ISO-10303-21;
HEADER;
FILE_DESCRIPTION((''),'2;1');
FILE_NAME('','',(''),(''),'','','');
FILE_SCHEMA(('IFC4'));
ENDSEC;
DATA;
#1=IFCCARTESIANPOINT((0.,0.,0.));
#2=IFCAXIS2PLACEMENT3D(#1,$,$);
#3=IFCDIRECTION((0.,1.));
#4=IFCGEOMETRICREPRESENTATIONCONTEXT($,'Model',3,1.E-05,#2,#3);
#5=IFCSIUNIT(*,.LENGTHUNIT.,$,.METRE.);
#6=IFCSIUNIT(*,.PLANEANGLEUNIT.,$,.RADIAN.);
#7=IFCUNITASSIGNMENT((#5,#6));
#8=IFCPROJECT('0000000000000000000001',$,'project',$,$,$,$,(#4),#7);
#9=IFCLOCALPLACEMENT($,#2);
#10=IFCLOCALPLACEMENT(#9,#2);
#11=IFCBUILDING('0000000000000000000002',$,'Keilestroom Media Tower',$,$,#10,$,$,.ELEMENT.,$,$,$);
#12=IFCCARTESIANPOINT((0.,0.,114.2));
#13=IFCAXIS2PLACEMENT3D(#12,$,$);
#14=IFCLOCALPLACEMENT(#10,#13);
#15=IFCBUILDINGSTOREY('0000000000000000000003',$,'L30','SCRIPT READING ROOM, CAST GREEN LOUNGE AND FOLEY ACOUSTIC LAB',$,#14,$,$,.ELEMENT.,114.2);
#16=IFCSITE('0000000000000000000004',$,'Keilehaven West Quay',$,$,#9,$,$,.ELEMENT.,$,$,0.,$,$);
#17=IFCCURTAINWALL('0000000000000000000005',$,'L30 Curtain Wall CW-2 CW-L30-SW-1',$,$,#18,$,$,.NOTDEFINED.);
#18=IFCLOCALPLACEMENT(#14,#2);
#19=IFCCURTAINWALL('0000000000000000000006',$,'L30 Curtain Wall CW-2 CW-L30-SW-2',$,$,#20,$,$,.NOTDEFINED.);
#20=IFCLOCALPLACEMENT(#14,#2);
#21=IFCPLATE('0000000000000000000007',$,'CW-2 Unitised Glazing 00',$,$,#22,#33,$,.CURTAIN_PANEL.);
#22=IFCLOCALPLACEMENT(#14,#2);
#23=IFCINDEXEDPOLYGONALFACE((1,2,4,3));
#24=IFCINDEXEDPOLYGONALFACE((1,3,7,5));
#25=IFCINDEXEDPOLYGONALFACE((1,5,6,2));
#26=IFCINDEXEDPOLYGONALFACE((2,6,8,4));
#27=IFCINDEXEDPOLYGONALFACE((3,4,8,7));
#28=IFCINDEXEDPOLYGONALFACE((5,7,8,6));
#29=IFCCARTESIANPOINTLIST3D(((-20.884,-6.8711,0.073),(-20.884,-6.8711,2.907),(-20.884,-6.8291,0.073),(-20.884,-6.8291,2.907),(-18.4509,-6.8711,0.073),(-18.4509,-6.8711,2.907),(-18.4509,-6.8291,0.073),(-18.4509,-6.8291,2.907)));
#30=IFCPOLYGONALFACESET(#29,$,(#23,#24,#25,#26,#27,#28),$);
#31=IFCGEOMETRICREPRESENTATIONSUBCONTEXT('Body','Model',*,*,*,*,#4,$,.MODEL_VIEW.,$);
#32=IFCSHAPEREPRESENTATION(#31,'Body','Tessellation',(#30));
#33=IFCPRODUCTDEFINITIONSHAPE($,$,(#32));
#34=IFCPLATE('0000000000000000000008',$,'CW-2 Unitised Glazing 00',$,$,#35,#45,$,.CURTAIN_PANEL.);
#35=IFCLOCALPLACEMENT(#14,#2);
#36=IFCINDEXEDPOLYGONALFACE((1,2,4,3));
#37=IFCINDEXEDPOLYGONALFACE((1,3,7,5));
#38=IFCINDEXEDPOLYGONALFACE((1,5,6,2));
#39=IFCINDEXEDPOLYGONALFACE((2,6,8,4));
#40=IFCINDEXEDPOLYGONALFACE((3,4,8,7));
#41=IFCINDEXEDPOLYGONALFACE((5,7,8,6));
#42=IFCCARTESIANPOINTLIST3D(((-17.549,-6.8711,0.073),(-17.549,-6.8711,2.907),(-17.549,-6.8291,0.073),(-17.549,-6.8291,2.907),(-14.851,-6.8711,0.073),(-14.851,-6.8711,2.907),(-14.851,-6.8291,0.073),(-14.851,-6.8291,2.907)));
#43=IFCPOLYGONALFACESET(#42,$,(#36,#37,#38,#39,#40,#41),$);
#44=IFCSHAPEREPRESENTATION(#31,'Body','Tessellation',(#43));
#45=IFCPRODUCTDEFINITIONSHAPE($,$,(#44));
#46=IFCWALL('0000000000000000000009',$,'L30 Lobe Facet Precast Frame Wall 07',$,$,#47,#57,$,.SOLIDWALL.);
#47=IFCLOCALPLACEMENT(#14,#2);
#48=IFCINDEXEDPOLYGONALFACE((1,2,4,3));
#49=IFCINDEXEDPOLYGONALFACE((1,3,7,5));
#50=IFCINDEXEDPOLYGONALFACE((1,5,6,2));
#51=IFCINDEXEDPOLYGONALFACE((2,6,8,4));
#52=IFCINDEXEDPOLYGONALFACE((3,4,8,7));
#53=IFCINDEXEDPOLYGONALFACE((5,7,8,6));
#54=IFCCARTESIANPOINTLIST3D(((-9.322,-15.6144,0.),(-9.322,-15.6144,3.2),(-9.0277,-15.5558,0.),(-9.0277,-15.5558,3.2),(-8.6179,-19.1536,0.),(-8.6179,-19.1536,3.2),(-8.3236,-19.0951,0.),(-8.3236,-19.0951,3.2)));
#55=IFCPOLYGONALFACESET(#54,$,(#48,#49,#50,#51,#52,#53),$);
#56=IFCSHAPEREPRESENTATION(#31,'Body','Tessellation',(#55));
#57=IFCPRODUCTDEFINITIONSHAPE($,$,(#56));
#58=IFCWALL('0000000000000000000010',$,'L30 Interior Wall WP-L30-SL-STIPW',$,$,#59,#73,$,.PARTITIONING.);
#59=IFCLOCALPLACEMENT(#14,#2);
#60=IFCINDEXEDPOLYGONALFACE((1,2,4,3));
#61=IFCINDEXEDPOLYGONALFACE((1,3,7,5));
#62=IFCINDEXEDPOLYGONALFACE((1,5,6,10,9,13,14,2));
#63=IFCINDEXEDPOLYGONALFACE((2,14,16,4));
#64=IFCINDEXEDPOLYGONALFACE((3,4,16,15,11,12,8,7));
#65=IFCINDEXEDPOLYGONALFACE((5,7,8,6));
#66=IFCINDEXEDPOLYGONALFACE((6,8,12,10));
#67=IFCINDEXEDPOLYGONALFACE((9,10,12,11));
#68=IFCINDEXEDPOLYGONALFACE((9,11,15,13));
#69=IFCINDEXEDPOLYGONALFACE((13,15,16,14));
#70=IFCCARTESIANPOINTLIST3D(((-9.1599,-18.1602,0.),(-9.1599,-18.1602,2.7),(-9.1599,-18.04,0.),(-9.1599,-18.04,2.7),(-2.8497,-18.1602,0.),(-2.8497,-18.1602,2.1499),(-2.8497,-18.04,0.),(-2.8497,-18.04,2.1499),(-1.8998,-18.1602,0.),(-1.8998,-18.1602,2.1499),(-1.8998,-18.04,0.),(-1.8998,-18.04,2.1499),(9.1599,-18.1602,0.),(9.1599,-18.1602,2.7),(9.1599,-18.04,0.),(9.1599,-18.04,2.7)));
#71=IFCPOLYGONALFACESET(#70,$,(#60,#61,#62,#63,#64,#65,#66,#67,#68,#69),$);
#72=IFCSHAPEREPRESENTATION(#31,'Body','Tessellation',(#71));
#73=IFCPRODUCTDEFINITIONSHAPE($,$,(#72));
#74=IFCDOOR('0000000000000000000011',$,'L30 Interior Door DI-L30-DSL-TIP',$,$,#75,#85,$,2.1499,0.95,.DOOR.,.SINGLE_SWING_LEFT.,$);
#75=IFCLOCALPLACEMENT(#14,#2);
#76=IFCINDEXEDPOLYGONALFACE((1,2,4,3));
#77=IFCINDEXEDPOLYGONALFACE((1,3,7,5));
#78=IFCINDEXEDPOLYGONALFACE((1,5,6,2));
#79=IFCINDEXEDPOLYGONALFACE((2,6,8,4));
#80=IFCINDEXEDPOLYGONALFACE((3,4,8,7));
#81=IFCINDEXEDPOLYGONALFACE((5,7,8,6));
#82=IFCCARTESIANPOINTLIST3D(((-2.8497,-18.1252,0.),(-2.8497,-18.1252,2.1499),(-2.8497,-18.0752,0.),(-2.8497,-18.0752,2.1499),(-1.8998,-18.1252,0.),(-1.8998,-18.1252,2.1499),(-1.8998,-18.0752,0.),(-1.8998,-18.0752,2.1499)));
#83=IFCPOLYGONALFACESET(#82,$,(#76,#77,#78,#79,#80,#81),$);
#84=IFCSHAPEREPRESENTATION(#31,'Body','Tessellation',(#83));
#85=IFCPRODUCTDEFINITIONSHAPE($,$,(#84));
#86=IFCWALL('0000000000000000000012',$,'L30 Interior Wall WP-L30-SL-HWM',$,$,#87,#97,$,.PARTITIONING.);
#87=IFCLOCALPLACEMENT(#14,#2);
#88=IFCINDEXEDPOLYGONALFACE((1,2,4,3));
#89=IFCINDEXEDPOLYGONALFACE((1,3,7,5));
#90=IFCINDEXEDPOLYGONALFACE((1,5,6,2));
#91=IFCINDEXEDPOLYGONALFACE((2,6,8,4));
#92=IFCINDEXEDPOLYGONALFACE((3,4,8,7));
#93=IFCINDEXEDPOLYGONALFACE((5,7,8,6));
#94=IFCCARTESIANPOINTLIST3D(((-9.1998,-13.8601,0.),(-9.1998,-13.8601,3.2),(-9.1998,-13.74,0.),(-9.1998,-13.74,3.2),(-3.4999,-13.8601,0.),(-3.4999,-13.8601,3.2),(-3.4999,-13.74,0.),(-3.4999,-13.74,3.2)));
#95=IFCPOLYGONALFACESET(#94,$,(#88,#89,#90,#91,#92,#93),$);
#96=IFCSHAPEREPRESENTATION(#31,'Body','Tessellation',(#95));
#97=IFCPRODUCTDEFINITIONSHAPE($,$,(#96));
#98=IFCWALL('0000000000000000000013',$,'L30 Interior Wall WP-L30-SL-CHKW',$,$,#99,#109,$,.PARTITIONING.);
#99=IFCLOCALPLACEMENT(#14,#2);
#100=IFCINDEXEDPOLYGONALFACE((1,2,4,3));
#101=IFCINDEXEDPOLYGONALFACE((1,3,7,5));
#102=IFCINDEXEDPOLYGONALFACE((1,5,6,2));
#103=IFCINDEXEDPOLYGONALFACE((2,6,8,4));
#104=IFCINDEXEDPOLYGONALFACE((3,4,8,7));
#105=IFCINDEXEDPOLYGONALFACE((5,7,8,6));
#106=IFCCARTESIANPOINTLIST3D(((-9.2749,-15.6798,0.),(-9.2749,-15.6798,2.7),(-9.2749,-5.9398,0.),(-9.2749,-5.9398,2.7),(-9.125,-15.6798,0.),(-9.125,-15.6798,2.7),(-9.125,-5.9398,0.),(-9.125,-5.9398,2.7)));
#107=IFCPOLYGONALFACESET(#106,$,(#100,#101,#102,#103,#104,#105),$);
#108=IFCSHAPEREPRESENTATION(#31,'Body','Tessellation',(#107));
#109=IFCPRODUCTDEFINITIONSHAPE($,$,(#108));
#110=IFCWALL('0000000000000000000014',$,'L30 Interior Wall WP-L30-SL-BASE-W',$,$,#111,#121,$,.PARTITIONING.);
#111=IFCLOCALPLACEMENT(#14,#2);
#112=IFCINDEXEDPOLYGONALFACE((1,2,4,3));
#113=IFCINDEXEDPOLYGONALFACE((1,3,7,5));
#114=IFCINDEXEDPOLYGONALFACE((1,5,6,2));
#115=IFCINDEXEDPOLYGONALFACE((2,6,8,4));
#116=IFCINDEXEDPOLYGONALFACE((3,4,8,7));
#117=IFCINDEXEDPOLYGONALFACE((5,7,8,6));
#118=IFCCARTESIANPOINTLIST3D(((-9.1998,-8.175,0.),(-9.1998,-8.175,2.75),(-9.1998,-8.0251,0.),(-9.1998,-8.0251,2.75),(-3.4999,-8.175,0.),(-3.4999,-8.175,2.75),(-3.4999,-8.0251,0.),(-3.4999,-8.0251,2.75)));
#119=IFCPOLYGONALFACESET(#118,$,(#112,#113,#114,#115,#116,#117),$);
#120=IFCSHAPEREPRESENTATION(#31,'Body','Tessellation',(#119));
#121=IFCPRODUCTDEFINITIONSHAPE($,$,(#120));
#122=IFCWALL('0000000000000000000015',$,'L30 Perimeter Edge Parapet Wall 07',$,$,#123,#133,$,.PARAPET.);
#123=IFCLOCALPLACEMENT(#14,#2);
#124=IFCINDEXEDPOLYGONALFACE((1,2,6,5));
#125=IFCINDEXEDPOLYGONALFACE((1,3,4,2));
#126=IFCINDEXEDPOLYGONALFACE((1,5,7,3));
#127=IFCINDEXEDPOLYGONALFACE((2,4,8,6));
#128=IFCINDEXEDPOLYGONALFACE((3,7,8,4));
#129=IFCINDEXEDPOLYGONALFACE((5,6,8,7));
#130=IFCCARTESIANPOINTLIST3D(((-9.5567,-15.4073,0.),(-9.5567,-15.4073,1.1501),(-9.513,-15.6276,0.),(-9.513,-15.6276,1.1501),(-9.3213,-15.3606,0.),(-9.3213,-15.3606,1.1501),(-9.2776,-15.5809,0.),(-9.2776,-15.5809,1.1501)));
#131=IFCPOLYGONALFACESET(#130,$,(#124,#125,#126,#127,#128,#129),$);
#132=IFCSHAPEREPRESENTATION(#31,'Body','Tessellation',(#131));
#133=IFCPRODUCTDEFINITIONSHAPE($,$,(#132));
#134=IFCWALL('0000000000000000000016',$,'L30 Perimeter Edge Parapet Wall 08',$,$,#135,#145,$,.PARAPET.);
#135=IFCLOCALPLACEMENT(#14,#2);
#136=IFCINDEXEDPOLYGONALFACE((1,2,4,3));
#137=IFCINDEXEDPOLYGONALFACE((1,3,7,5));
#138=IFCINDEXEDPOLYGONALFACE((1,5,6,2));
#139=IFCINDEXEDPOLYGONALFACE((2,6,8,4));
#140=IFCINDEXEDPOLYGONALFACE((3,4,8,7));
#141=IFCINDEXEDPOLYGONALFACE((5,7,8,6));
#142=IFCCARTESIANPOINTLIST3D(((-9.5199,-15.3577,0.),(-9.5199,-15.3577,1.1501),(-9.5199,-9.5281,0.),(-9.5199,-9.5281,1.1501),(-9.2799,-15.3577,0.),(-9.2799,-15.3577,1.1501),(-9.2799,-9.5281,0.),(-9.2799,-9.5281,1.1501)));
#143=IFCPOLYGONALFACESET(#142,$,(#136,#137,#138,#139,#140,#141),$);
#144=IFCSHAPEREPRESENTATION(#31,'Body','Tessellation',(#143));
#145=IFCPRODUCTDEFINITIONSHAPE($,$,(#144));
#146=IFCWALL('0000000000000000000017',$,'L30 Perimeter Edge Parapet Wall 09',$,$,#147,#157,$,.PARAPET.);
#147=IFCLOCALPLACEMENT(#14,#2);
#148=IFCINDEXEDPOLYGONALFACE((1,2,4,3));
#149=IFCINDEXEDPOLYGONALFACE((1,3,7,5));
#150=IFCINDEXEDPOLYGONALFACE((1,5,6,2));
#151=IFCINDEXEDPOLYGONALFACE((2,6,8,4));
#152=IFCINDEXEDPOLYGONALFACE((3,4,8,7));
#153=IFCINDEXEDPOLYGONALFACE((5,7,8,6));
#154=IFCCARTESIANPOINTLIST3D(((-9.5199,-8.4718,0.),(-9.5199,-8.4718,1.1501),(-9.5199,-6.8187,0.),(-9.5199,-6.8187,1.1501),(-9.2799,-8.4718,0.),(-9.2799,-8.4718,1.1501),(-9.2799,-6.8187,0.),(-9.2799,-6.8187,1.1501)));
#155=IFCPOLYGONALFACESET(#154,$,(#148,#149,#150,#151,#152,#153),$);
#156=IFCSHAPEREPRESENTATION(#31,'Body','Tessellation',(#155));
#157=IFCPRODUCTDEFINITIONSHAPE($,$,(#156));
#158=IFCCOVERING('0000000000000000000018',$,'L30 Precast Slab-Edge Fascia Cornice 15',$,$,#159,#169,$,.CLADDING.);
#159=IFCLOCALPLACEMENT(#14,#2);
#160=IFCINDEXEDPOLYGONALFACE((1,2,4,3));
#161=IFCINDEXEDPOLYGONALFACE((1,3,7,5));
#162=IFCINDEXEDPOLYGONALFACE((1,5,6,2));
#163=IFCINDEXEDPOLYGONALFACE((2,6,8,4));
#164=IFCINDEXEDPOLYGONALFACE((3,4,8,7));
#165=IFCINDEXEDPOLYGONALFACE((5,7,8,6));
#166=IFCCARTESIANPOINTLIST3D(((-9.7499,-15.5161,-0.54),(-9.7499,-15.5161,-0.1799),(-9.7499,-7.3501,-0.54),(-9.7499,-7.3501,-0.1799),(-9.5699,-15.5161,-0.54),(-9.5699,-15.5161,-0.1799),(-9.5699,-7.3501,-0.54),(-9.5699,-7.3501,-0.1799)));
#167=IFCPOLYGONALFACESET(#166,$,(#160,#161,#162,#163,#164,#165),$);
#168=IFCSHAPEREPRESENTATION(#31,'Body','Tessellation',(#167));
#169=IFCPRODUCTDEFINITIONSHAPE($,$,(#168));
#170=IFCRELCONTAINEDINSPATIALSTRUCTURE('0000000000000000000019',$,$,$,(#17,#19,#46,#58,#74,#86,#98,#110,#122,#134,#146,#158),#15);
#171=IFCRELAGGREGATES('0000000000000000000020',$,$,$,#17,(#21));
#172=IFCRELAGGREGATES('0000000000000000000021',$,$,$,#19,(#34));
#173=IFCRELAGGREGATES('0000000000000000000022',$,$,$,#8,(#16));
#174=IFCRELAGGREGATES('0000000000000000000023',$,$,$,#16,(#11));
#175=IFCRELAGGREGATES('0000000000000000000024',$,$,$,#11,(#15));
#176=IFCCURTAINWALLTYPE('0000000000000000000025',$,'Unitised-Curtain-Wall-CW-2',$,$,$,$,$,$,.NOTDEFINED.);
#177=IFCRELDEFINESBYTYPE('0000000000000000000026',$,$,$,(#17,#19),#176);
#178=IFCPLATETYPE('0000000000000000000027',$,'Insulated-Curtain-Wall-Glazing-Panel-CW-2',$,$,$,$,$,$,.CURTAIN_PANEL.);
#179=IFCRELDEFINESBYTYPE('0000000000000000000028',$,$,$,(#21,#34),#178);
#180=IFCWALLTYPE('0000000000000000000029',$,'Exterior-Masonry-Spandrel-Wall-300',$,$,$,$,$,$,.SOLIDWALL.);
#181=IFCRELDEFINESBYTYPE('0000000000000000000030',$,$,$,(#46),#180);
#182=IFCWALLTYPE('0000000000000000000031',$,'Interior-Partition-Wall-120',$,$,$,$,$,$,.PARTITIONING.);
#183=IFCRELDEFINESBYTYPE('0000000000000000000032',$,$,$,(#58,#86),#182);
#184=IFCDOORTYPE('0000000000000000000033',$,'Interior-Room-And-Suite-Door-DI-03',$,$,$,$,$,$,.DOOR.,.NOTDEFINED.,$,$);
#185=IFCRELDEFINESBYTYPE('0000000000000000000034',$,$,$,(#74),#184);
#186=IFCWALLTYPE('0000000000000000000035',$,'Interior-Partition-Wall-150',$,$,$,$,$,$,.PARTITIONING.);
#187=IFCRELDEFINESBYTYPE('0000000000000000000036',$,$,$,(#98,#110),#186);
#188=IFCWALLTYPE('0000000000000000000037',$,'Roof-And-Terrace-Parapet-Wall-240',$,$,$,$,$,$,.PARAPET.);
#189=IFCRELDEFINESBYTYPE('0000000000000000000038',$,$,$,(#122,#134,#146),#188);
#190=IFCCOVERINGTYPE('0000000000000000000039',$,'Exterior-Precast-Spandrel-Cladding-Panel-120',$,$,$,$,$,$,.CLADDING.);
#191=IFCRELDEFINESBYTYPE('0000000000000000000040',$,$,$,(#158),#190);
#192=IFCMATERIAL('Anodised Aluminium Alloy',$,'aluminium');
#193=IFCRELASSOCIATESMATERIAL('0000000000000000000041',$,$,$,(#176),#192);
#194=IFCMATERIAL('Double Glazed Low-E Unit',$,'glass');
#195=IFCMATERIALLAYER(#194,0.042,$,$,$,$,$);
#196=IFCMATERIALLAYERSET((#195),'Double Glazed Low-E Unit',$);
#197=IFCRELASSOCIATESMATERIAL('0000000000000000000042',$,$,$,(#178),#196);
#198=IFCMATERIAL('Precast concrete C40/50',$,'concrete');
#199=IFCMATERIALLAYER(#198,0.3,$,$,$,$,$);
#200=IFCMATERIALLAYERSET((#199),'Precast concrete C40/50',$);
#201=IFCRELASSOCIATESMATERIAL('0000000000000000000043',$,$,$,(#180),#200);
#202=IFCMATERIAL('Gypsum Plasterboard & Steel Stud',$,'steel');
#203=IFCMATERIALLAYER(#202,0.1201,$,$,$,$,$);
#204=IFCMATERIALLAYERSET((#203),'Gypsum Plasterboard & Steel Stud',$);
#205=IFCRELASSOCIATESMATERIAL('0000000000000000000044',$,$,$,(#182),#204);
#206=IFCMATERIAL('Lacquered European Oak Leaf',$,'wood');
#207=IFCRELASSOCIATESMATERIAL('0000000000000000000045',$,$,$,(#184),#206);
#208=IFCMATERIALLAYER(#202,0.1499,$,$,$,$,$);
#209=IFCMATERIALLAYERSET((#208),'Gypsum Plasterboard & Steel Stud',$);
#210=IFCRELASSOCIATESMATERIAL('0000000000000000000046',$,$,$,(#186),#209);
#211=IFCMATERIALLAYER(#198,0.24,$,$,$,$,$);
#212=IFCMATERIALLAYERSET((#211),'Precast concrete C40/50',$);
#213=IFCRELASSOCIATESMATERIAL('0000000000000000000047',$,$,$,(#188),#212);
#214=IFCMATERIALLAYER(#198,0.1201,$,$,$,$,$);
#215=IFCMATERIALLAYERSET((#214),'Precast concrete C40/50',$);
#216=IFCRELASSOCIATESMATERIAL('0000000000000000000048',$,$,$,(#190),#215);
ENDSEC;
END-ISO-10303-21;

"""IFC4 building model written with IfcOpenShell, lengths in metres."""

from ifc_helpers import new_model, si_unit, direction, frame, frame_2d, origin, origin_2d, place, context, subcontext, project, spatial, rectangle, extrude, source, transform, mapped, material, layer, layer_set, type_object, element, fill, aggregate, save


model = new_model("IFC4")

# Units and contexts
model_context = context("Model", 3, precision=1e-05, world=origin(), true_north=direction((0.0, 1.0)))
body_context = subcontext(model_context, "Body", "Model", "MODEL_VIEW")
ifc_project = project(units=[si_unit("LENGTHUNIT", "METRE"), si_unit("PLANEANGLEUNIT", "RADIAN")], contexts=[model_context])

# Site, building, storey
site_placement = place(None, origin())
site = spatial("IfcSite", under=ifc_project, at=site_placement, Name="Keilehaven West Quay", CompositionType="ELEMENT", RefElevation=0.0)
building_placement = place(site_placement, origin())
building = spatial("IfcBuilding", under=site, at=building_placement, Name="Keilestroom Media Tower", CompositionType="ELEMENT")
storey_placement = place(building_placement, frame((0.0, 0.0, 114.2)))
storey = spatial("IfcBuildingStorey", under=building, at=storey_placement, Name="L30", Description="SCRIPT READING ROOM, CAST GREEN LOUNGE AND FOLEY ACOUSTIC LAB", CompositionType="ELEMENT", Elevation=114.2)

# Shared definitions
ifc_material_1 = material(Name="Precast concrete C40/50", Category="concrete")

# Curtain walls
ifc_material_2 = material(Name="Anodised Aluminium Alloy", Category="aluminium")
curtain_wall_type = type_object("IfcCurtainWallType", Name="Unitised-Curtain-Wall-CW-2", PredefinedType="NOTDEFINED", material=ifc_material_2)
curtain_wall_1_placement = place(storey_placement, origin())
curtain_wall_1 = element("IfcCurtainWall", 1, at=curtain_wall_1_placement, inside=storey, type_object=curtain_wall_type, Name="L30 Curtain Wall CW-2 CW-L30-SW-1", PredefinedType="NOTDEFINED")
curtain_wall_2_placement = place(storey_placement, origin())
curtain_wall_2 = element("IfcCurtainWall", 2, at=curtain_wall_2_placement, inside=storey, type_object=curtain_wall_type, Name="L30 Curtain Wall CW-2 CW-L30-SW-2", PredefinedType="NOTDEFINED")

# Plates
ifc_material_3 = material(Name="Double Glazed Low-E Unit", Category="glass")
ifc_layer_1 = layer(ifc_material_3, 0.042)
ifc_layer_set_1 = layer_set([ifc_layer_1], Name="Double Glazed Low-E Unit")
plate_type = type_object("IfcPlateType", Name="Insulated-Curtain-Wall-Glazing-Panel-CW-2", PredefinedType="CURTAIN_PANEL", material=ifc_layer_set_1)
shared_shape_1 = source(origin(), body_context, "Body", "SweptSolid", [
    extrude(rectangle(XDim=2.4331, YDim=0.042, at=origin_2d()), origin(), (0.0, 0.0, 1.0), 2.834),
])
plate_1_placement = place(storey_placement, frame((-19.6675, -6.8501, 0.073), z_axis=(0.0, 0.0, 1.0), x_axis=(1.0, 0.0, 0.0)))
plate_1 = element("IfcPlate", 3, at=plate_1_placement, type_object=plate_type, Name="CW-2 Unitised Glazing 00", PredefinedType="CURTAIN_PANEL", context=body_context, shape_type="MappedRepresentation", body=[
    mapped(shared_shape_1, transform((0.0, 0.0, 0.0), x_axis=(1.0, 0.0, 0.0), y_axis=(0.0, 1.0, 0.0), z_axis=(0.0, 0.0, 1.0), scale=1.0)),
])
aggregate(curtain_wall_1, [plate_1])
shared_shape_2 = source(origin(), body_context, "Body", "SweptSolid", [
    extrude(rectangle(XDim=2.698, YDim=0.042, at=origin_2d()), origin(), (0.0, 0.0, 1.0), 2.834),
])
plate_2_placement = place(storey_placement, frame((-16.2, -6.8501, 0.073), z_axis=(0.0, 0.0, 1.0), x_axis=(1.0, 0.0, 0.0)))
plate_2 = element("IfcPlate", 4, at=plate_2_placement, type_object=plate_type, Name="CW-2 Unitised Glazing 00", PredefinedType="CURTAIN_PANEL", context=body_context, shape_type="MappedRepresentation", body=[
    mapped(shared_shape_2, transform((0.0, 0.0, 0.0), x_axis=(1.0, 0.0, 0.0), y_axis=(0.0, 1.0, 0.0), z_axis=(0.0, 0.0, 1.0), scale=1.0)),
])
aggregate(curtain_wall_2, [plate_2])

# Wall
ifc_layer_2 = layer(ifc_material_1, 0.3)
ifc_layer_set_2 = layer_set([ifc_layer_2], Name="Precast concrete C40/50")
wall_type_1 = type_object("IfcWallType", Name="Exterior-Masonry-Spandrel-Wall-300", PredefinedType="SOLIDWALL", material=ifc_layer_set_2)
wall_1_placement = place(storey_placement, frame((-9.1748, -15.5852, 0.0), z_axis=(0.0, 0.0, 1.0), x_axis=(0.195114, -0.980781, 0.0)))
element("IfcWall", 5, at=wall_1_placement, inside=storey, type_object=wall_type_1, Name="L30 Lobe Facet Precast Frame Wall 07", PredefinedType="SOLIDWALL", context=body_context, shape_type="SweptSolid", body=[
    extrude(rectangle(XDim=3.6086, YDim=0.3, at=frame_2d((1.8042, 0.0))), origin(), (0.0, 0.0, 1.0), 3.2),
])

# Wall, opening, door
ifc_material_4 = material(Name="Gypsum Plasterboard & Steel Stud", Category="steel")
ifc_layer_3 = layer(ifc_material_4, 0.1201)
ifc_layer_set_3 = layer_set([ifc_layer_3], Name="Gypsum Plasterboard & Steel Stud")
wall_type_2 = type_object("IfcWallType", Name="Interior-Partition-Wall-120", PredefinedType="PARTITIONING", material=ifc_layer_set_3)
wall_2_placement = place(storey_placement, frame((-9.1599, -18.1001, 0.0), z_axis=(0.0, 0.0, 1.0), x_axis=(1.0, 0.0, 0.0)))
wall_2 = element("IfcWall", 6, at=wall_2_placement, inside=storey, type_object=wall_type_2, Name="L30 Interior Wall WP-L30-SL-STIPW", PredefinedType="PARTITIONING", context=body_context, shape_type="SweptSolid", body=[
    extrude(rectangle(XDim=18.3198, YDim=0.1201, at=frame_2d((9.1599, 0.0))), origin(), (0.0, 0.0, 1.0), 2.7),
])
opening_placement = place(wall_2_placement, frame((6.3101, 0.0, 0.0)))
opening = element("IfcOpeningElement", 7, at=opening_placement, cuts=wall_2, PredefinedType="OPENING", context=body_context, shape_type="SweptSolid", body=[
    extrude(rectangle(XDim=0.95, YDim=2.1499, at=frame_2d((0.4751, 1.075))), frame((0.0, 0.0701, 0.0), z_axis=(0.0, -1.0, 0.0), x_axis=(1.0, 0.0, 0.0)), (0.0, 0.0, 1.0), 0.1401),
])
ifc_material_5 = material(Name="Lacquered European Oak Leaf", Category="wood")
door_type = type_object("IfcDoorType", Name="Interior-Room-And-Suite-Door-DI-03", OperationType="NOTDEFINED", PredefinedType="DOOR", material=ifc_material_5)
shared_shape_3 = source(origin(), body_context, "Body", "SweptSolid", [
    extrude(rectangle(XDim=0.95, YDim=2.1499, at=frame_2d((0.4751, 1.075))), frame((0.0, 0.0249, 0.0), z_axis=(0.0, -1.0, 0.0), x_axis=(1.0, 0.0, 0.0)), (0.0, 0.0, 1.0), 0.05),
])
door_placement = place(opening_placement, origin())
door = element("IfcDoor", 8, at=door_placement, inside=storey, type_object=door_type, Name="L30 Interior Door DI-L30-DSL-TIP", OperationType="SINGLE_SWING_LEFT", OverallHeight=2.1499, OverallWidth=0.95, PredefinedType="DOOR", context=body_context, shape_type="MappedRepresentation", body=[
    mapped(shared_shape_3, transform((0.0, 0.0, 0.0), x_axis=(1.0, 0.0, 0.0), y_axis=(0.0, 1.0, 0.0), z_axis=(0.0, 0.0, 1.0), scale=1.0)),
])
fill(opening, door)

# Walls
wall_3_placement = place(storey_placement, frame((-9.2, -13.8, 0.0), z_axis=(0.0, 0.0, 1.0), x_axis=(1.0, 0.0, 0.0)))
element("IfcWall", 9, at=wall_3_placement, inside=storey, type_object=wall_type_2, Name="L30 Interior Wall WP-L30-SL-HWM", PredefinedType="PARTITIONING", context=body_context, shape_type="SweptSolid", body=[
    extrude(rectangle(XDim=5.7, YDim=0.1201, at=frame_2d((2.8501, 0.0))), origin(), (0.0, 0.0, 1.0), 3.2),
])
ifc_layer_4 = layer(ifc_material_4, 0.1499)
ifc_layer_set_4 = layer_set([ifc_layer_4], Name="Gypsum Plasterboard & Steel Stud")
wall_type_3 = type_object("IfcWallType", Name="Interior-Partition-Wall-150", PredefinedType="PARTITIONING", material=ifc_layer_set_4)
wall_4_placement = place(storey_placement, frame((-9.2, -15.6799, 0.0), z_axis=(0.0, 0.0, 1.0), x_axis=(0.0, 1.0, 0.0)))
element("IfcWall", 10, at=wall_4_placement, inside=storey, type_object=wall_type_3, Name="L30 Interior Wall WP-L30-SL-CHKW", PredefinedType="PARTITIONING", context=body_context, shape_type="SweptSolid", body=[
    extrude(rectangle(XDim=9.74, YDim=0.1499, at=frame_2d((4.8701, 0.0))), origin(), (0.0, 0.0, 1.0), 2.7),
])
wall_5_placement = place(storey_placement, frame((-9.2, -8.1001, 0.0), z_axis=(0.0, 0.0, 1.0), x_axis=(1.0, 0.0, 0.0)))
element("IfcWall", 11, at=wall_5_placement, inside=storey, type_object=wall_type_3, Name="L30 Interior Wall WP-L30-SL-BASE-W", PredefinedType="PARTITIONING", context=body_context, shape_type="SweptSolid", body=[
    extrude(rectangle(XDim=5.7, YDim=0.1499, at=frame_2d((2.8501, 0.0))), origin(), (0.0, 0.0, 1.0), 2.75),
])
ifc_layer_5 = layer(ifc_material_1, 0.24)
ifc_layer_set_5 = layer_set([ifc_layer_5], Name="Precast concrete C40/50")
wall_type_4 = type_object("IfcWallType", Name="Roof-And-Terrace-Parapet-Wall-240", PredefinedType="PARAPET", material=ifc_layer_set_5)
wall_6_placement = place(storey_placement, frame((-9.3953, -15.6042, 0.0), z_axis=(0.0, 0.0, 1.0), x_axis=(-0.194652, 0.980872, 0.0)))
element("IfcWall", 12, at=wall_6_placement, inside=storey, type_object=wall_type_4, Name="L30 Perimeter Edge Parapet Wall 07", PredefinedType="PARAPET", context=body_context, shape_type="SweptSolid", body=[
    extrude(rectangle(XDim=0.2246, YDim=0.24, at=frame_2d((0.1123, 0.0))), origin(), (0.0, 0.0, 1.0), 1.1501),
])
wall_7_placement = place(storey_placement, frame((-9.3999, -15.3577, 0.0), z_axis=(0.0, 0.0, 1.0), x_axis=(0.0, 1.0, 0.0)))
element("IfcWall", 13, at=wall_7_placement, inside=storey, type_object=wall_type_4, Name="L30 Perimeter Edge Parapet Wall 08", PredefinedType="PARAPET", context=body_context, shape_type="SweptSolid", body=[
    extrude(rectangle(XDim=5.8296, YDim=0.24, at=frame_2d((2.9148, 0.0))), origin(), (0.0, 0.0, 1.0), 1.1501),
])
wall_8_placement = place(storey_placement, frame((-9.3999, -8.4719, 0.0), z_axis=(0.0, 0.0, 1.0), x_axis=(0.0, 1.0, 0.0)))
element("IfcWall", 14, at=wall_8_placement, inside=storey, type_object=wall_type_4, Name="L30 Perimeter Edge Parapet Wall 09", PredefinedType="PARAPET", context=body_context, shape_type="SweptSolid", body=[
    extrude(rectangle(XDim=1.6531, YDim=0.24, at=frame_2d((0.8267, 0.0))), origin(), (0.0, 0.0, 1.0), 1.1501),
])

# Covering
ifc_layer_6 = layer(ifc_material_1, 0.1201)
ifc_layer_set_6 = layer_set([ifc_layer_6], Name="Precast concrete C40/50")
covering_type = type_object("IfcCoveringType", Name="Exterior-Precast-Spandrel-Cladding-Panel-120", PredefinedType="CLADDING", material=ifc_layer_set_6)
shared_shape_4 = source(origin(), body_context, "Body", "SweptSolid", [
    extrude(rectangle(XDim=8.166, YDim=0.1799, at=origin_2d()), origin(), (0.0, 0.0, 1.0), 0.3601),
])
covering_1_placement = place(storey_placement, frame((-9.6599, -11.4331, -0.54), z_axis=(0.0, 0.0, 1.0), x_axis=(0.0, 1.0, 0.0)))
element("IfcCovering", 15, at=covering_1_placement, inside=storey, type_object=covering_type, Name="L30 Precast Slab-Edge Fascia Cornice 15", PredefinedType="CLADDING", context=body_context, shape_type="MappedRepresentation", body=[
    mapped(shared_shape_4, transform((0.0, 0.0, 0.0), x_axis=(1.0, 0.0, 0.0), y_axis=(0.0, 1.0, 0.0), z_axis=(0.0, 0.0, 1.0), scale=1.0)),
])

save(model, "model.ifc")
